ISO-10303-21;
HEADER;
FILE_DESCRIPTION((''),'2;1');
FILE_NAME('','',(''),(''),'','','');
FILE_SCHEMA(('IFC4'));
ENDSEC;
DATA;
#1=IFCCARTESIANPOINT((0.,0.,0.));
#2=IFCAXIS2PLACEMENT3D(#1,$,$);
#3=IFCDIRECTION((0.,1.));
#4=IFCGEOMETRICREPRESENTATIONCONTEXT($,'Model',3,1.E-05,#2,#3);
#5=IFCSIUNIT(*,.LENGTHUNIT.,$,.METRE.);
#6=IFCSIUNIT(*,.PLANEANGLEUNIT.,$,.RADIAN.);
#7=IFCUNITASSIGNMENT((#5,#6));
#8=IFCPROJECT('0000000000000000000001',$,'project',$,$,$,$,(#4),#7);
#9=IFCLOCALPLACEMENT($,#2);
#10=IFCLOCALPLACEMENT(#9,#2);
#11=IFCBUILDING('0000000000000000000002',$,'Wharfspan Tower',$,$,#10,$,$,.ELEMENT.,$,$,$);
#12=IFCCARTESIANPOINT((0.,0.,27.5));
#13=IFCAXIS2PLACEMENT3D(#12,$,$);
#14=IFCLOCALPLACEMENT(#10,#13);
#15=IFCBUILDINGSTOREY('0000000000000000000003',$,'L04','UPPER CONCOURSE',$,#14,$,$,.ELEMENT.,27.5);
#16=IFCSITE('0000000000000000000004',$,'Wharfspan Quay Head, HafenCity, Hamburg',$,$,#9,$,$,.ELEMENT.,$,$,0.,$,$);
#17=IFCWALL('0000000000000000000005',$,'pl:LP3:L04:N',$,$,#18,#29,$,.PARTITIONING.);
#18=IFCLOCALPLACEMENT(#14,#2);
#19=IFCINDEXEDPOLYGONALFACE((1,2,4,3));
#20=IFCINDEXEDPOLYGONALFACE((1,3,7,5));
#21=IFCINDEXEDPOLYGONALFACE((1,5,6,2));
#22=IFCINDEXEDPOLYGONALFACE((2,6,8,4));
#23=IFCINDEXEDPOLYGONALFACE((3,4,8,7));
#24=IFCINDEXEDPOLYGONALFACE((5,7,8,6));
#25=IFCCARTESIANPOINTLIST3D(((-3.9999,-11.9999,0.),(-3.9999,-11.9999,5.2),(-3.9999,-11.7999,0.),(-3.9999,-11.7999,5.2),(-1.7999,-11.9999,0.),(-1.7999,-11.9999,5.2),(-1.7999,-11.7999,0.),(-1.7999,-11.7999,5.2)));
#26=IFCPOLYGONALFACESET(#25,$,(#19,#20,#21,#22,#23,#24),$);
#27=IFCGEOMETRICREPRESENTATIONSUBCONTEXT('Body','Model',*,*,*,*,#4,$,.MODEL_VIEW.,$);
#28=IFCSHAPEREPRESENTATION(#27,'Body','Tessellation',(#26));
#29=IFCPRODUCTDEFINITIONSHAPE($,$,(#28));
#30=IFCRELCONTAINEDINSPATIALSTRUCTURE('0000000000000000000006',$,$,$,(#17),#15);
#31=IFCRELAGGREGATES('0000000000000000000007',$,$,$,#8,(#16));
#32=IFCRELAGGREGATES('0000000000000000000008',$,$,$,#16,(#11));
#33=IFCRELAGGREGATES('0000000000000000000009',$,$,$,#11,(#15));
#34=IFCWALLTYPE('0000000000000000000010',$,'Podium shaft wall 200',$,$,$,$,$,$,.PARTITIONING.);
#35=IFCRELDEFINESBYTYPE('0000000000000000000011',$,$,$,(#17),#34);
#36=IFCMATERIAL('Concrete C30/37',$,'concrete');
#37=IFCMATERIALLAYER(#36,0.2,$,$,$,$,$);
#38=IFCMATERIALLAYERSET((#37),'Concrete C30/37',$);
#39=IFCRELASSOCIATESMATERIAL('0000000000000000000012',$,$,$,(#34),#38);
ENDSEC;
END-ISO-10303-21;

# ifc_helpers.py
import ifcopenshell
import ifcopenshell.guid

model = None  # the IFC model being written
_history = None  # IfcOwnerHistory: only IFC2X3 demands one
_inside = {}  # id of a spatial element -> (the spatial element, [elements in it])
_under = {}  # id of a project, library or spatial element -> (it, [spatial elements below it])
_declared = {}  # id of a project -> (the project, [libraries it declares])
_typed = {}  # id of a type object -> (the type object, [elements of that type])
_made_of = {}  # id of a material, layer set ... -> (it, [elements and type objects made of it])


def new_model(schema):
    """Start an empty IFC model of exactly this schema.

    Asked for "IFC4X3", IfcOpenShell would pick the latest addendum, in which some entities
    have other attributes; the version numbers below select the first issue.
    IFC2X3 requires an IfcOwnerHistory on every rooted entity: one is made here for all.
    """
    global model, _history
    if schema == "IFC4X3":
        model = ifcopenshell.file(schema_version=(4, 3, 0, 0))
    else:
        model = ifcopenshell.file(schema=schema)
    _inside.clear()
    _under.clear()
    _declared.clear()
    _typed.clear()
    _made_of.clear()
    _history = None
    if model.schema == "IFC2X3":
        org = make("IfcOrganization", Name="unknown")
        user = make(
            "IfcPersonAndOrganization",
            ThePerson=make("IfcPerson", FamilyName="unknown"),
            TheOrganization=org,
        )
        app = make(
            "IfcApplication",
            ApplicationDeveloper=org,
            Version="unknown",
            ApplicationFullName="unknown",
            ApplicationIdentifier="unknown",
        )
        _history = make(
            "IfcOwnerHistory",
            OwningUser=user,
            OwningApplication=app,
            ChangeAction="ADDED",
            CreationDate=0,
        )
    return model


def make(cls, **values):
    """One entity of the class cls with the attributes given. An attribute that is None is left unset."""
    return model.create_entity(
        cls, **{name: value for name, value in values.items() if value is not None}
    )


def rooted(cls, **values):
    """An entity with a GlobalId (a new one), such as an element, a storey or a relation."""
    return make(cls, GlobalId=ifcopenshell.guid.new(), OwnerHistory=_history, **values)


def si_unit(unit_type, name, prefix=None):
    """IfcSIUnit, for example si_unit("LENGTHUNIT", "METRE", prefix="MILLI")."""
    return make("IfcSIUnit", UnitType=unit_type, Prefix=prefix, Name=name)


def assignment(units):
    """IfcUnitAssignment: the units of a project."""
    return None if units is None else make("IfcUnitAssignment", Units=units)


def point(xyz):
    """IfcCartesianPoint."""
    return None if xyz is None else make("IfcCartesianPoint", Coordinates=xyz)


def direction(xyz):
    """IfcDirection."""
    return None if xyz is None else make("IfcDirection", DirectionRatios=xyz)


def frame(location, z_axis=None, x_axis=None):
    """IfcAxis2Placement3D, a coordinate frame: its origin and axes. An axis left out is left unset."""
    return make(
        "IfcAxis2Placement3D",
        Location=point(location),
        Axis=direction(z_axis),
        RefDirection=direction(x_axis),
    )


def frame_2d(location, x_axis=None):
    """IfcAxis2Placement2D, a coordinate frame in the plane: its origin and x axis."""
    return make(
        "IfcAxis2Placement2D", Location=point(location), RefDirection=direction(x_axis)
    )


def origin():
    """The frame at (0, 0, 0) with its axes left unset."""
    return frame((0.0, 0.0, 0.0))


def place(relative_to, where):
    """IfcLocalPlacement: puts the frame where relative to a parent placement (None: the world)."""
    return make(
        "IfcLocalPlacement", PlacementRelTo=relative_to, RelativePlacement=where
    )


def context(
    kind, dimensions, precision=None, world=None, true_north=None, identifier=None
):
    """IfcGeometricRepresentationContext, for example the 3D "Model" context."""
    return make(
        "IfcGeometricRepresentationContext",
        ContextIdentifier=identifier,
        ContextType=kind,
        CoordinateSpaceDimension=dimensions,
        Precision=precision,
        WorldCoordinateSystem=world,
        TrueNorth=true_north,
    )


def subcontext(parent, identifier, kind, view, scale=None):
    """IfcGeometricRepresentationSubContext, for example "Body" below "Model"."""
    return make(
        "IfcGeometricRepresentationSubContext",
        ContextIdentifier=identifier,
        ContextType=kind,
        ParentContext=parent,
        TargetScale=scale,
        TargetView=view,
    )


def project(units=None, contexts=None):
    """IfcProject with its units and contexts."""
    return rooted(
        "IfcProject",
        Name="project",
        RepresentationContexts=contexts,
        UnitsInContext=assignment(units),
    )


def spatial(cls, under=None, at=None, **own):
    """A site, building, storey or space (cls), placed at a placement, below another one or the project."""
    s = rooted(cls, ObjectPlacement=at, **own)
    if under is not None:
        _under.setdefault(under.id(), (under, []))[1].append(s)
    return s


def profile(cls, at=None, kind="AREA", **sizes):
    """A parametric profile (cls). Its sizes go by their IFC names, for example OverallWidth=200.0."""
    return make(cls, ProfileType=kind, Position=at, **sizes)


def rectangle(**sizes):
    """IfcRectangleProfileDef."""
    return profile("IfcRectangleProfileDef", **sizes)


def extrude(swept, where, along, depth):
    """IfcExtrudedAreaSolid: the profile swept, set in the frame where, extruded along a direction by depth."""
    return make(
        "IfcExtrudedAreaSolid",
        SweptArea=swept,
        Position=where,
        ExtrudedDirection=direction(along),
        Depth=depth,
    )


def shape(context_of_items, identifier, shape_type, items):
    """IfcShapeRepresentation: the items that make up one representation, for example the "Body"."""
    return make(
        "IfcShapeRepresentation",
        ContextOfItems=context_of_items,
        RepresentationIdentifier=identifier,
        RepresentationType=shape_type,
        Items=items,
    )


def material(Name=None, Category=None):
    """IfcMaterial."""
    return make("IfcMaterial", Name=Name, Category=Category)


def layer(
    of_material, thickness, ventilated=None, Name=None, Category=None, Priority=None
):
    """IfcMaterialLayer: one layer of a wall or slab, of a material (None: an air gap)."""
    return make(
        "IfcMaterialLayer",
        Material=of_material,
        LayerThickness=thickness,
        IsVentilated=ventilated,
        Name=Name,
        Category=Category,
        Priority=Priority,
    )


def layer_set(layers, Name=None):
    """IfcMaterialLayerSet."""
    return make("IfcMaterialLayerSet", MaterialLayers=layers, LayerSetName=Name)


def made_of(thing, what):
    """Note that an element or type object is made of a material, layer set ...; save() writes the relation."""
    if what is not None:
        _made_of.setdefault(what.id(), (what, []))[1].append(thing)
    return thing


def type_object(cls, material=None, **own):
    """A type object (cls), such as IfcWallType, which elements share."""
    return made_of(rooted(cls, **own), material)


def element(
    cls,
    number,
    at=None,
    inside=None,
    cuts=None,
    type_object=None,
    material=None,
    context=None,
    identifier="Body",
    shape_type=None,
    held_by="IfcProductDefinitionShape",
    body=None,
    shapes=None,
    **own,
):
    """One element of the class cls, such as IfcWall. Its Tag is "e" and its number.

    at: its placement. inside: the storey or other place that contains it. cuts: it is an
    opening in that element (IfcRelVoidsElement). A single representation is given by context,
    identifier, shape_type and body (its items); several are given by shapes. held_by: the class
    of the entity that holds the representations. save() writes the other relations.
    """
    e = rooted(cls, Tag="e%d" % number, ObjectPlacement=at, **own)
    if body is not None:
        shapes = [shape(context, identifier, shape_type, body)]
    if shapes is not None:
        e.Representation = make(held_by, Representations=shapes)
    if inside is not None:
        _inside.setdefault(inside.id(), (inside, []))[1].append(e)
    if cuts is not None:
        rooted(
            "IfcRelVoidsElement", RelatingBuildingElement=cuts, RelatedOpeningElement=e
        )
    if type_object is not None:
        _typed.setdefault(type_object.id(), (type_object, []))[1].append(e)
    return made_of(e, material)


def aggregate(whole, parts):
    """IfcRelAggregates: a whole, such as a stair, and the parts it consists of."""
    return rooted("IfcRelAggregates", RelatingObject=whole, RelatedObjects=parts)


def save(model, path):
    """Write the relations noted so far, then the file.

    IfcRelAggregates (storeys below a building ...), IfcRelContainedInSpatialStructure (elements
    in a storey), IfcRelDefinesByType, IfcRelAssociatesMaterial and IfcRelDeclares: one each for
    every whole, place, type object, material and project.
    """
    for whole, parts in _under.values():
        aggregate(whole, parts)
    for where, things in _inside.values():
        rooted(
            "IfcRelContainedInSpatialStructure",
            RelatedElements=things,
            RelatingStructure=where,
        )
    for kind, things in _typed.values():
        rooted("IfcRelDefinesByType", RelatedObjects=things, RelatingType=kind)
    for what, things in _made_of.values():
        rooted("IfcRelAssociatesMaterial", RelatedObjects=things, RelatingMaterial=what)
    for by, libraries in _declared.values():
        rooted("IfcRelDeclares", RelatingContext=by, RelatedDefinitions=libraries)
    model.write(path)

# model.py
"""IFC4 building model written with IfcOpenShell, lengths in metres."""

from ifc_helpers import new_model, si_unit, direction, frame, frame_2d, origin, place, context, subcontext, project, spatial, rectangle, extrude, material, layer, layer_set, type_object, element, save


model = new_model("IFC4")

# Units and contexts
model_context = context("Model", 3, precision=1e-05, world=origin(), true_north=direction((0.0, 1.0)))
body_context = subcontext(model_context, "Body", "Model", "MODEL_VIEW")
ifc_project = project(units=[si_unit("LENGTHUNIT", "METRE"), si_unit("PLANEANGLEUNIT", "RADIAN")], contexts=[model_context])

# Site, building, storey
site_placement = place(None, origin())
site = spatial("IfcSite", under=ifc_project, at=site_placement, Name="Wharfspan Quay Head, HafenCity, Hamburg", CompositionType="ELEMENT", RefElevation=0.0)
building_placement = place(site_placement, origin())
building = spatial("IfcBuilding", under=site, at=building_placement, Name="Wharfspan Tower", CompositionType="ELEMENT")
storey_placement = place(building_placement, frame((0.0, 0.0, 27.5)))
storey = spatial("IfcBuildingStorey", under=building, at=storey_placement, Name="L04", Description="UPPER CONCOURSE", CompositionType="ELEMENT", Elevation=27.5)

# Wall
ifc_material_1 = material(Name="Concrete C30/37", Category="concrete")
ifc_layer_1 = layer(ifc_material_1, 0.2)
ifc_layer_set_1 = layer_set([ifc_layer_1], Name="Concrete C30/37")
wall_type_1 = type_object("IfcWallType", Name="Podium shaft wall 200", PredefinedType="PARTITIONING", material=ifc_layer_set_1)
for number, where, z_axis, x_axis, name in (
    (1, (-4.0, -11.8999, 0.0), (0.0, 0.0, 1.0), (1.0, 0.0, 0.0), "pl:LP3:L04:N"),
):
    element("IfcWall", number, at=place(storey_placement, frame(where, z_axis=z_axis, x_axis=x_axis)), inside=storey, type_object=wall_type_1, Name=name, PredefinedType="PARTITIONING", context=body_context, shape_type="SweptSolid", body=[
        extrude(rectangle(XDim=2.2, YDim=0.2, at=frame_2d((1.1001, 0.0))), origin(), (0.0, 0.0, 1.0), 5.2),
    ])

save(model, "model.ifc")
